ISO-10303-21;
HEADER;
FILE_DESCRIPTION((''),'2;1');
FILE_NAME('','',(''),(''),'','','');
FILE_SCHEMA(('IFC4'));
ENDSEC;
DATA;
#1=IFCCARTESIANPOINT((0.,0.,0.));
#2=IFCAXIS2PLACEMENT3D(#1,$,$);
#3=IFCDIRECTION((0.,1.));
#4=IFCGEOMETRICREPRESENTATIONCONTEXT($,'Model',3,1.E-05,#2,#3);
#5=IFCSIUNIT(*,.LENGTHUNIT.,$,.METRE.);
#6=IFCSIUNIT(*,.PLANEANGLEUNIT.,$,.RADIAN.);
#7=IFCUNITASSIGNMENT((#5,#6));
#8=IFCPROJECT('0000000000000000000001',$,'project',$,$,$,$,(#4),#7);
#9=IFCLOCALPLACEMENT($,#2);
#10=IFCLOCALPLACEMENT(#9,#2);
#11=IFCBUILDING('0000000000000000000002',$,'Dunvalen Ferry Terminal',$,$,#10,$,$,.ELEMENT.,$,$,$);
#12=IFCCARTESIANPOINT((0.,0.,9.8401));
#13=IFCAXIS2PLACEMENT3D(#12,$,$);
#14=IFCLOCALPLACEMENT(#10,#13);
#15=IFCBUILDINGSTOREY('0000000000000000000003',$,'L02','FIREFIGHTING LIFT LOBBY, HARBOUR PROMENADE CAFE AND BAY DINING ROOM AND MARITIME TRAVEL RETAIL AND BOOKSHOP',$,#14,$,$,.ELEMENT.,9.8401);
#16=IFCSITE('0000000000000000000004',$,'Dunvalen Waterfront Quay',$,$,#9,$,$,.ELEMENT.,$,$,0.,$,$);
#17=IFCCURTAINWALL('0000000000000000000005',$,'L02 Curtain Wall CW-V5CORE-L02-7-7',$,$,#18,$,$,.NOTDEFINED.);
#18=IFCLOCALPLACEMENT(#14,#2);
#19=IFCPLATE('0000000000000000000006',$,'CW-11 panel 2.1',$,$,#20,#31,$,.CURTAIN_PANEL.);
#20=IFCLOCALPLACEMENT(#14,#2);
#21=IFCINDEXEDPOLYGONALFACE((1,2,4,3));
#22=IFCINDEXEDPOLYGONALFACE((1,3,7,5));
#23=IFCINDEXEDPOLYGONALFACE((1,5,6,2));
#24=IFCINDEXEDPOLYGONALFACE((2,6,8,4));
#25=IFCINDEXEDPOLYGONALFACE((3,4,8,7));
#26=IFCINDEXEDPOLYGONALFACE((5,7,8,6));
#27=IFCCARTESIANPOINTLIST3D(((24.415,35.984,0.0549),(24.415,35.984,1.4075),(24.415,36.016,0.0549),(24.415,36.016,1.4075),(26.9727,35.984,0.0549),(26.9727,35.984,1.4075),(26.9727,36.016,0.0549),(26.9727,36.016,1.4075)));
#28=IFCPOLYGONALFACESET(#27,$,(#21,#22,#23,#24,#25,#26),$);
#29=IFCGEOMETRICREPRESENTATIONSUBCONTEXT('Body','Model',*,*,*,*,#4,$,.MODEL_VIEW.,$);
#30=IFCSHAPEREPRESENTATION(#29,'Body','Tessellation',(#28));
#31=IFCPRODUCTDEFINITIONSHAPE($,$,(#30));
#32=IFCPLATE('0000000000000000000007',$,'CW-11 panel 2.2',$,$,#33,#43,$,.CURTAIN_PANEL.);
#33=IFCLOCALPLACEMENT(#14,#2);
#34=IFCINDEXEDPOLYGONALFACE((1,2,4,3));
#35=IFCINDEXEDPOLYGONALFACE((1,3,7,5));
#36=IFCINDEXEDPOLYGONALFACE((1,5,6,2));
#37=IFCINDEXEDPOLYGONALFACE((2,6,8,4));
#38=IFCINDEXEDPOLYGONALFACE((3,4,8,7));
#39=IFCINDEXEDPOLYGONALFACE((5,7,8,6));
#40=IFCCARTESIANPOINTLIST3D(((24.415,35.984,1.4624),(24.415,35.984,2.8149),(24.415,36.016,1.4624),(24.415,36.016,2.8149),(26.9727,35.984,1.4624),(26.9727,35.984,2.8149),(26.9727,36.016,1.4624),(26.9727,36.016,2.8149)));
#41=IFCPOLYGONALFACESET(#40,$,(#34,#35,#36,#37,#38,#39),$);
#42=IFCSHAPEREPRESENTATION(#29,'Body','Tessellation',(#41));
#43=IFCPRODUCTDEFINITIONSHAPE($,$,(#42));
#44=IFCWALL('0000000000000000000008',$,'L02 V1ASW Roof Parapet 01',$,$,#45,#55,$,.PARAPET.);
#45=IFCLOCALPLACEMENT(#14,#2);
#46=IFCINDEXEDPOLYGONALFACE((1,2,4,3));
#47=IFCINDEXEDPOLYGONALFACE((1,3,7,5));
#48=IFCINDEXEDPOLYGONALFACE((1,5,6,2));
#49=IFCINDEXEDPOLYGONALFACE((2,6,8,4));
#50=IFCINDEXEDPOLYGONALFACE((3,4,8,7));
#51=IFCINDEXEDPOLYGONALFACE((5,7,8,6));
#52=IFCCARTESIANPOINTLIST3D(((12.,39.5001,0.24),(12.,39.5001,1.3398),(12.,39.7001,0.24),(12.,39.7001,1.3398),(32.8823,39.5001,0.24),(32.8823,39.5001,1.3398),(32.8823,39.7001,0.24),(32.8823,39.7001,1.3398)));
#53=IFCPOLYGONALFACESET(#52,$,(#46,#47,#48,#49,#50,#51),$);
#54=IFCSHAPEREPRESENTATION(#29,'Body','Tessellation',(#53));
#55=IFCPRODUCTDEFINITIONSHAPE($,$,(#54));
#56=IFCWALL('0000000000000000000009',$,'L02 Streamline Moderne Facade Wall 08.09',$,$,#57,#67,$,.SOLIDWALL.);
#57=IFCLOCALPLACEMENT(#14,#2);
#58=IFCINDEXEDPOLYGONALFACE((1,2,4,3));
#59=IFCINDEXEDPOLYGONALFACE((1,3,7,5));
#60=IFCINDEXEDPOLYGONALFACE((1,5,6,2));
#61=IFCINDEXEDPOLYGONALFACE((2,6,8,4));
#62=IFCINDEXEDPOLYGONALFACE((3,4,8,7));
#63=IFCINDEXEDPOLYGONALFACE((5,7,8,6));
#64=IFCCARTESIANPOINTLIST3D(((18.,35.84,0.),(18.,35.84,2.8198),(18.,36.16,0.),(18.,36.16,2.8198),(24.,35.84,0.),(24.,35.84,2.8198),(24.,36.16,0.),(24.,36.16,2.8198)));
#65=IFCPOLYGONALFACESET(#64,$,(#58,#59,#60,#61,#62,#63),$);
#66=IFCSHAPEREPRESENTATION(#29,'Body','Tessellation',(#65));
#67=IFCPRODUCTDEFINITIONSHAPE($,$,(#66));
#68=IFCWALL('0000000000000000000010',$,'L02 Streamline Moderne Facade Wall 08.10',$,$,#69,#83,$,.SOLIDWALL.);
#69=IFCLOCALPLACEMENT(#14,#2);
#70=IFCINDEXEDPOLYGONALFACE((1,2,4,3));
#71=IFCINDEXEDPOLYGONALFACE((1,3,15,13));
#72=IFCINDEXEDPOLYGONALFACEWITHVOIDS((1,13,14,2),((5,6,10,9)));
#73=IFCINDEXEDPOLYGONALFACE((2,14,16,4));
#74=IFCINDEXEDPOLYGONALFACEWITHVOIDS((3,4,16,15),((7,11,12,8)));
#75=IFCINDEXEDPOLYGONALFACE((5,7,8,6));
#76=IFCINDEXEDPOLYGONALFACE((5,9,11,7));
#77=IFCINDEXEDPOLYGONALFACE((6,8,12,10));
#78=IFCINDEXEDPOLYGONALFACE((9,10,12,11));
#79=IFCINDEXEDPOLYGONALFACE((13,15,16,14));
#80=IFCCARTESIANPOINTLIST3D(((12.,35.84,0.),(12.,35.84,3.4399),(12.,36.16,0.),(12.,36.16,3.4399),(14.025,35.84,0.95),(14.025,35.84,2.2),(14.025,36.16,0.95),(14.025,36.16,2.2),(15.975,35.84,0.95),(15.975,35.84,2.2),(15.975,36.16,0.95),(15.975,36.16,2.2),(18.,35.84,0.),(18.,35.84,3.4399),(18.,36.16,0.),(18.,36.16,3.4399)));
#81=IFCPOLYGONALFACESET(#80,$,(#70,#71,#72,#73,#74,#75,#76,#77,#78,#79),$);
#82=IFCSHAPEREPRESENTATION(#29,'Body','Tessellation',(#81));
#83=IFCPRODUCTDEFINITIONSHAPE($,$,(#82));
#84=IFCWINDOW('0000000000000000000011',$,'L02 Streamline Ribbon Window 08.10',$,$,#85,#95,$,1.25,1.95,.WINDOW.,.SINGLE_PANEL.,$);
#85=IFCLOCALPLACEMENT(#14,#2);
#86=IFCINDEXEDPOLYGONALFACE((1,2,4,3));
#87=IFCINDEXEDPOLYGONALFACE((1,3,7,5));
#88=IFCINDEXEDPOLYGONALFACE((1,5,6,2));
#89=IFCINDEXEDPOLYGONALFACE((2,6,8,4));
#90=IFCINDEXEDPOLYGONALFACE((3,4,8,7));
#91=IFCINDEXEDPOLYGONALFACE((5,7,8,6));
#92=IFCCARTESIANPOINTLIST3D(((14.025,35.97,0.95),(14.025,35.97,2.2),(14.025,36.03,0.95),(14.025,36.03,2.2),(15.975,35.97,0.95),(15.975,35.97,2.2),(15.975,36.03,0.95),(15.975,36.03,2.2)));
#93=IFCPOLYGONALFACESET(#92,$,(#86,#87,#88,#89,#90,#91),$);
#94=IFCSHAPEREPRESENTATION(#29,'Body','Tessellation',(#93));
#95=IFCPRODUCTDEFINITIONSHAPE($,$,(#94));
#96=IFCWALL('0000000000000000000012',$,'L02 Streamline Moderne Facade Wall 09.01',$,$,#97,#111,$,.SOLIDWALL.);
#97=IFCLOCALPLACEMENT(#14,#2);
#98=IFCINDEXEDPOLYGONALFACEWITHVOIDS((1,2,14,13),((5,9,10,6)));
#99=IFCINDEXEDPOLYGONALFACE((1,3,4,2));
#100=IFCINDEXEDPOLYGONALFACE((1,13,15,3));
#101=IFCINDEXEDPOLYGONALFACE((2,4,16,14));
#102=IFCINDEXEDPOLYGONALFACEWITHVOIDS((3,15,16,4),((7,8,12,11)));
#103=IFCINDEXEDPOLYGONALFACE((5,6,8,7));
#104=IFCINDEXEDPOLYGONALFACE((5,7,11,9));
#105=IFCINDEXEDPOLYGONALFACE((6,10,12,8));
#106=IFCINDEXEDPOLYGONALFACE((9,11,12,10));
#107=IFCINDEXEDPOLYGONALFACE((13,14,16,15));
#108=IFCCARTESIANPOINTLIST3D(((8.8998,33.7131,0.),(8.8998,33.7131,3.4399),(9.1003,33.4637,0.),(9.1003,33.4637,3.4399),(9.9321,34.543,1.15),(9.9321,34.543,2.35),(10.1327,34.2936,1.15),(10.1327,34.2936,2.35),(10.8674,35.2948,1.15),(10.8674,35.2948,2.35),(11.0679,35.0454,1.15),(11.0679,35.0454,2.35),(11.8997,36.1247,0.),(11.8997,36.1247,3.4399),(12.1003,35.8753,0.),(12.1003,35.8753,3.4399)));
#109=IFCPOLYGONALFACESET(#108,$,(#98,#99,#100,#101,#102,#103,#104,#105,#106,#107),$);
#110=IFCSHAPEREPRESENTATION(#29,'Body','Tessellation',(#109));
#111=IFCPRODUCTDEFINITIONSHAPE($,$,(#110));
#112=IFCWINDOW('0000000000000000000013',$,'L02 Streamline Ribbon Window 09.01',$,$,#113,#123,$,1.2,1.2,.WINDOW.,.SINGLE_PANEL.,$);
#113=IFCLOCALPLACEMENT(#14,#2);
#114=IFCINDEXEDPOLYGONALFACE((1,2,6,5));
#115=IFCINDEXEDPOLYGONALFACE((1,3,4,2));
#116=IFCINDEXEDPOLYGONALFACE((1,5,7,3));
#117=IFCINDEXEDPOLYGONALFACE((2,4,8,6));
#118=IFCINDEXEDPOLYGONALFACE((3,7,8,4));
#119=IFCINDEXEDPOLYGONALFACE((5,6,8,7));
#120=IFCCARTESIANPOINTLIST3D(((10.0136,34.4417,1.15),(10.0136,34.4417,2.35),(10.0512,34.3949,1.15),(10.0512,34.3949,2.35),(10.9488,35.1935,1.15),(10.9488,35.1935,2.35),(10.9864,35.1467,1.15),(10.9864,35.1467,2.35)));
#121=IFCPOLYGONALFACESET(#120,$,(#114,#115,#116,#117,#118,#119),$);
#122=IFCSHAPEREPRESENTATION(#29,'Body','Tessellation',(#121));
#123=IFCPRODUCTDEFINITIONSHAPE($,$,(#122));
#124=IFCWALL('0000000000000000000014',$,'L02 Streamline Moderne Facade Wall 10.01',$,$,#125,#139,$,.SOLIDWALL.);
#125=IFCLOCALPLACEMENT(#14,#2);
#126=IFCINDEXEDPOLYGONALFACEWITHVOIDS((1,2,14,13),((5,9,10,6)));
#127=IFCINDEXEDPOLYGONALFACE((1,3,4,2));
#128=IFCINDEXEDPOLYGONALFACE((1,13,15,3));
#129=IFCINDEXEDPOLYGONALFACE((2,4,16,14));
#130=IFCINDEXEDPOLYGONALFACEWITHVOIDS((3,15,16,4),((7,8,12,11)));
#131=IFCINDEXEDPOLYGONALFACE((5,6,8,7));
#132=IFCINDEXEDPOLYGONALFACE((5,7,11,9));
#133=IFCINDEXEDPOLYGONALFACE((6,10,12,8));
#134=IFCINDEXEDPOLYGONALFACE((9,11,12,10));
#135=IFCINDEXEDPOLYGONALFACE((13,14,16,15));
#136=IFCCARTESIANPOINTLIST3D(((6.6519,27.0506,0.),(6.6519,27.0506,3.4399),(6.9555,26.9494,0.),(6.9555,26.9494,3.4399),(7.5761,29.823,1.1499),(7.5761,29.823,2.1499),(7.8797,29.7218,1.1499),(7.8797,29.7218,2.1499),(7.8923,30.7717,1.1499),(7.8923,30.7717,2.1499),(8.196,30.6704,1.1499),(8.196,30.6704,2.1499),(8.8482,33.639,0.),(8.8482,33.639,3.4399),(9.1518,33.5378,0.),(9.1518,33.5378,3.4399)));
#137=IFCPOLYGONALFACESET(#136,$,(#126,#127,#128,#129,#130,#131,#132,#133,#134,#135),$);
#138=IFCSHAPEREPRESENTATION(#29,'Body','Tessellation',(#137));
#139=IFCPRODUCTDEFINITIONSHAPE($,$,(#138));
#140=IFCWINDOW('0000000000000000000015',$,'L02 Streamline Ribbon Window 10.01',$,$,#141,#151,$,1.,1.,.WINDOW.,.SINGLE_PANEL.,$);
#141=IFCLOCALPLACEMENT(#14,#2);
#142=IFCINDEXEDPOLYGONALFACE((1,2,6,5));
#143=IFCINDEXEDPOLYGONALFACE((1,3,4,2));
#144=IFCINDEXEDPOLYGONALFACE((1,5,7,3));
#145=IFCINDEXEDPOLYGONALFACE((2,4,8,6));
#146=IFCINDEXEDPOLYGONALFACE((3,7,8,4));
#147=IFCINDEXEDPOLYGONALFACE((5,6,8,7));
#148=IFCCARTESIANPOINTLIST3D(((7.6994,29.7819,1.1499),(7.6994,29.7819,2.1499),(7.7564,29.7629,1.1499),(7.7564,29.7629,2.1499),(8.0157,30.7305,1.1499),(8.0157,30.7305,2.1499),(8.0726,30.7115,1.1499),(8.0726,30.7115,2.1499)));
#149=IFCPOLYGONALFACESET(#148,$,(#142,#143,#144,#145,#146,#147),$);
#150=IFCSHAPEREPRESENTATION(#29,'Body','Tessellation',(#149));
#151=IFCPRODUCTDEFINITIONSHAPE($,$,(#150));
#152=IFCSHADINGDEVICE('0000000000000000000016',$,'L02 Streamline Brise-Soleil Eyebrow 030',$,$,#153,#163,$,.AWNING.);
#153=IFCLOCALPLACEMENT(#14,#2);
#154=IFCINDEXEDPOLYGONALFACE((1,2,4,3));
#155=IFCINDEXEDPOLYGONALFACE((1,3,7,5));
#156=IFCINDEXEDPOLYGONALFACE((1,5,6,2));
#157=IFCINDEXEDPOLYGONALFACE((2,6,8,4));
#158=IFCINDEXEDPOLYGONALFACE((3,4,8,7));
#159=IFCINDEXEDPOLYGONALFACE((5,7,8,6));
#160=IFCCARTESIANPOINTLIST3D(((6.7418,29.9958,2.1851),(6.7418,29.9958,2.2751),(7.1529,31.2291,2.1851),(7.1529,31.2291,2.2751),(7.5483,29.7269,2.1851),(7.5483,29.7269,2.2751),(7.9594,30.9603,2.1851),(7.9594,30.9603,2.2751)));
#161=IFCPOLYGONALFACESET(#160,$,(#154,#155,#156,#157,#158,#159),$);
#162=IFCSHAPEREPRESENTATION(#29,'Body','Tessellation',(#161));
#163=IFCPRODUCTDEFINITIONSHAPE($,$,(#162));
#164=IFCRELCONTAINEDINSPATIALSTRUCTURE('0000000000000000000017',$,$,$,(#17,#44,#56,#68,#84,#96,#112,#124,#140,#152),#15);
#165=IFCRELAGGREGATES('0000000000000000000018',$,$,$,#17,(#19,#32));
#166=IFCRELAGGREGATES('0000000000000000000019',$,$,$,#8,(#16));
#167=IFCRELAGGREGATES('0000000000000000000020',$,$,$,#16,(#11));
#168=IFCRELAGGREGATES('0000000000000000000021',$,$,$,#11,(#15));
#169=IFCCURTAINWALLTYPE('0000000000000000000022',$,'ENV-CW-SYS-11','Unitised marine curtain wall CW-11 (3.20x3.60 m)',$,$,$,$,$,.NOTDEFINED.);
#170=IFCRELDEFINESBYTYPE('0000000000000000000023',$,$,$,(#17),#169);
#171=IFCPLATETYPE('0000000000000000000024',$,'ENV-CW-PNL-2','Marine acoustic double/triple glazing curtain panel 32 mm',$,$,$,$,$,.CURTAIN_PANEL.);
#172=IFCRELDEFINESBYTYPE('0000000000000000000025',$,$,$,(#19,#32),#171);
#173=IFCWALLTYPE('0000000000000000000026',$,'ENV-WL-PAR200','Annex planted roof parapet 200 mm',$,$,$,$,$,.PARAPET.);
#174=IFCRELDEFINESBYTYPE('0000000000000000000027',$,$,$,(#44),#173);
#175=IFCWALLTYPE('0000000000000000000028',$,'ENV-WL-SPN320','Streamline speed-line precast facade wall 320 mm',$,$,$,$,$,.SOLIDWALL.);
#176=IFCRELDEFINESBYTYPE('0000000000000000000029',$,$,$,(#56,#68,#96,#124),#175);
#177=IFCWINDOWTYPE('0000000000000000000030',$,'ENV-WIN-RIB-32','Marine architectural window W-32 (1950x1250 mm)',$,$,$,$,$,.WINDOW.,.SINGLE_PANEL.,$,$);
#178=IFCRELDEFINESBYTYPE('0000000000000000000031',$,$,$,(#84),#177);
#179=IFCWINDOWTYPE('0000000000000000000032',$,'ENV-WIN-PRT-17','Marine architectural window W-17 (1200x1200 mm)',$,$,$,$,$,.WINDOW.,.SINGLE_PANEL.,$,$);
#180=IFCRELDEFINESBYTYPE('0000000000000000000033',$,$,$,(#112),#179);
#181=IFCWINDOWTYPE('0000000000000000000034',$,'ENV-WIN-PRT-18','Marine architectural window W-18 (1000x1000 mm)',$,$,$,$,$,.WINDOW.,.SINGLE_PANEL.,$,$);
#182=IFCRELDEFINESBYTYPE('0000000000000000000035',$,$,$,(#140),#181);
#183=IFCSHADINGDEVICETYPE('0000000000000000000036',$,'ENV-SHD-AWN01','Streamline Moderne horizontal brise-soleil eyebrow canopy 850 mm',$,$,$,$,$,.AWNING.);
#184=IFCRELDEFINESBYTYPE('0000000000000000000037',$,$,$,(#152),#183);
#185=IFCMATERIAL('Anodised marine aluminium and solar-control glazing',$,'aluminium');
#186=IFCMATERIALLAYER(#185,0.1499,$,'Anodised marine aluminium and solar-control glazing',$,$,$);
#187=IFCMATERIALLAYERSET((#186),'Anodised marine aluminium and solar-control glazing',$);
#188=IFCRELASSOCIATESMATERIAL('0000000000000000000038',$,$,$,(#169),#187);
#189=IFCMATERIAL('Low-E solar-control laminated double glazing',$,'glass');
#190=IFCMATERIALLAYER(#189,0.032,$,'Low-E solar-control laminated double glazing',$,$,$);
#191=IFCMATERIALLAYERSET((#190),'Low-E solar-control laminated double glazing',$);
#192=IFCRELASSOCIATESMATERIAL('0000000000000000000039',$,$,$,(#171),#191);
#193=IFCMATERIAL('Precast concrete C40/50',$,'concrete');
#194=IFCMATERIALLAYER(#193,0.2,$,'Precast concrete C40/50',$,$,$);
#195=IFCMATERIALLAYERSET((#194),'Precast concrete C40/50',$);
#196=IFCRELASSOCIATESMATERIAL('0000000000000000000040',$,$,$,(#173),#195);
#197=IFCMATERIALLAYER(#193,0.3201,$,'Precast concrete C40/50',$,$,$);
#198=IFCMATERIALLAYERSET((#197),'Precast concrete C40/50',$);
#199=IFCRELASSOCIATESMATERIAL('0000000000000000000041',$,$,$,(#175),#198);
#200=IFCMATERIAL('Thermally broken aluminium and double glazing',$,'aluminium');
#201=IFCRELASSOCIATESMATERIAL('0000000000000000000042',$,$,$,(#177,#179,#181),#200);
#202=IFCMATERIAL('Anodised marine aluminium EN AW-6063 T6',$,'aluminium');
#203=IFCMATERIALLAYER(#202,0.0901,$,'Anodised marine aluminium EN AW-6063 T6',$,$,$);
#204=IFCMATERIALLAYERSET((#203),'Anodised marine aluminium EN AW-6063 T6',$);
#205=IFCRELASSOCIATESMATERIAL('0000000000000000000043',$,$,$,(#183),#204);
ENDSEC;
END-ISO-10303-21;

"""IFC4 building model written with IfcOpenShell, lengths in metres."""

from ifc_helpers import new_model, si_unit, direction, frame, frame_2d, origin, origin_2d, place, context, subcontext, project, spatial, rectangle, extrude, material, layer, layer_set, type_object, element, fill, aggregate, save


model = new_model("IFC4")

# Units and contexts
model_context = context("Model", 3, precision=1e-05, world=origin(), true_north=direction((0.0, 1.0)))
body_context = subcontext(model_context, "Body", "Model", "MODEL_VIEW")
ifc_project = project(units=[si_unit("LENGTHUNIT", "METRE"), si_unit("PLANEANGLEUNIT", "RADIAN")], contexts=[model_context])

# Site, building, storey
site_placement = place(None, origin())
site = spatial("IfcSite", under=ifc_project, at=site_placement, Name="Dunvalen Waterfront Quay", CompositionType="ELEMENT", RefElevation=0.0)
building_placement = place(site_placement, origin())
building = spatial("IfcBuilding", under=site, at=building_placement, Name="Dunvalen Ferry Terminal", CompositionType="ELEMENT")
storey_placement = place(building_placement, frame((0.0, 0.0, 9.8401)))
storey = spatial("IfcBuildingStorey", under=building, at=storey_placement, Name="L02", Description="FIREFIGHTING LIFT LOBBY, HARBOUR PROMENADE CAFE AND BAY DINING ROOM AND MARITIME TRAVEL RETAIL AND BOOKSHOP", CompositionType="ELEMENT", Elevation=9.8401)

# Curtain wall
ifc_material_1 = material(Name="Anodised marine aluminium and solar-control glazing", Category="aluminium")
ifc_layer_1 = layer(ifc_material_1, 0.1499, Name="Anodised marine aluminium and solar-control glazing")
ifc_layer_set_1 = layer_set([ifc_layer_1], Name="Anodised marine aluminium and solar-control glazing")
curtain_wall_type = type_object("IfcCurtainWallType", Name="ENV-CW-SYS-11", Description="Unitised marine curtain wall CW-11 (3.20x3.60 m)", PredefinedType="NOTDEFINED", material=ifc_layer_set_1)
curtain_wall_placement = place(storey_placement, origin())
curtain_wall = element("IfcCurtainWall", 1, at=curtain_wall_placement, inside=storey, type_object=curtain_wall_type, Name="L02 Curtain Wall CW-V5CORE-L02-7-7", PredefinedType="NOTDEFINED")
ifc_material_2 = material(Name="Anodised marine aluminium EN AW-6063 T6", Category="aluminium")

# Plates
ifc_material_3 = material(Name="Low-E solar-control laminated double glazing", Category="glass")
ifc_layer_2 = layer(ifc_material_3, 0.032, Name="Low-E solar-control laminated double glazing")
ifc_layer_set_2 = layer_set([ifc_layer_2], Name="Low-E solar-control laminated double glazing")
plate_type = type_object("IfcPlateType", Name="ENV-CW-PNL-2", Description="Marine acoustic double/triple glazing curtain panel 32 mm", PredefinedType="CURTAIN_PANEL", material=ifc_layer_set_2)
plate_1_placement = place(storey_placement, frame((25.6938, 36.0, 0.0549), z_axis=(0.0, 0.0, 1.0), x_axis=(-1.0, 0.0, 0.0)))
plate_1 = element("IfcPlate", 2, at=plate_1_placement, type_object=plate_type, Name="CW-11 panel 2.1", PredefinedType="CURTAIN_PANEL", context=body_context, shape_type="SweptSolid", body=[
    extrude(rectangle(XDim=2.5576, YDim=0.032, at=origin_2d()), origin(), (0.0, 0.0, 1.0), 1.3525),
])
plate_2_placement = place(storey_placement, frame((25.6938, 36.0, 1.4624), z_axis=(0.0, 0.0, 1.0), x_axis=(-1.0, 0.0, 0.0)))
plate_2 = element("IfcPlate", 3, at=plate_2_placement, type_object=plate_type, Name="CW-11 panel 2.2", PredefinedType="CURTAIN_PANEL", context=body_context, shape_type="SweptSolid", body=[
    extrude(rectangle(XDim=2.5576, YDim=0.032, at=origin_2d()), origin(), (0.0, 0.0, 1.0), 1.3525),
])
aggregate(curtain_wall, [plate_1, plate_2])

# Walls
ifc_material_4 = material(Name="Precast concrete C40/50", Category="concrete")
ifc_layer_3 = layer(ifc_material_4, 0.2, Name="Precast concrete C40/50")
ifc_layer_set_3 = layer_set([ifc_layer_3], Name="Precast concrete C40/50")
wall_type_1 = type_object("IfcWallType", Name="ENV-WL-PAR200", Description="Annex planted roof parapet 200 mm", PredefinedType="PARAPET", material=ifc_layer_set_3)
wall_1_placement = place(storey_placement, frame((12.0, 39.6001, 0.24), z_axis=(0.0, 0.0, 1.0), x_axis=(1.0, 0.0, 0.0)))
element("IfcWall", 4, at=wall_1_placement, inside=storey, type_object=wall_type_1, Name="L02 V1ASW Roof Parapet 01", PredefinedType="PARAPET", context=body_context, shape_type="SweptSolid", body=[
    extrude(rectangle(XDim=20.8823, YDim=0.2, at=frame_2d((10.4412, 0.0))), origin(), (0.0, 0.0, 1.0), 1.0999),
])
ifc_layer_4 = layer(ifc_material_4, 0.3201, Name="Precast concrete C40/50")
ifc_layer_set_4 = layer_set([ifc_layer_4], Name="Precast concrete C40/50")
wall_type_2 = type_object("IfcWallType", Name="ENV-WL-SPN320", Description="Streamline speed-line precast facade wall 320 mm", PredefinedType="SOLIDWALL", material=ifc_layer_set_4)
wall_2_placement = place(storey_placement, frame((24.0, 36.0, 0.0), z_axis=(0.0, 0.0, 1.0), x_axis=(-1.0, 0.0, 0.0)))
element("IfcWall", 5, at=wall_2_placement, inside=storey, type_object=wall_type_2, Name="L02 Streamline Moderne Facade Wall 08.09", PredefinedType="SOLIDWALL", context=body_context, shape_type="SweptSolid", body=[
    extrude(rectangle(XDim=6.0, YDim=0.3201, at=frame_2d((3.0, 0.0))), origin(), (0.0, 0.0, 1.0), 2.8198),
])

# Walls, openings, windows
wall_3_placement = place(storey_placement, frame((18.0, 36.0, 0.0), z_axis=(0.0, 0.0, 1.0), x_axis=(-1.0, 0.0, 0.0)))
wall_3 = element("IfcWall", 6, at=wall_3_placement, inside=storey, type_object=wall_type_2, Name="L02 Streamline Moderne Facade Wall 08.10", PredefinedType="SOLIDWALL", context=body_context, shape_type="SweptSolid", body=[
    extrude(rectangle(XDim=6.0, YDim=0.3201, at=frame_2d((3.0, 0.0))), origin(), (0.0, 0.0, 1.0), 3.4399),
])
opening_1_placement = place(wall_3_placement, frame((2.0249, 0.0, 0.95)))
opening_1 = element("IfcOpeningElement", 7, at=opening_1_placement, cuts=wall_3, PredefinedType="OPENING", context=body_context, shape_type="SweptSolid", body=[
    extrude(rectangle(XDim=1.95, YDim=1.25, at=frame_2d((0.9751, 0.625))), frame((0.0, 0.1699, 0.0), z_axis=(0.0, -1.0, 0.0), x_axis=(1.0, 0.0, 0.0)), (0.0, 0.0, 1.0), 0.3401),
])
ifc_material_5 = material(Name="Thermally broken aluminium and double glazing", Category="aluminium")
window_type_1 = type_object("IfcWindowType", Name="ENV-WIN-RIB-32", Description="Marine architectural window W-32 (1950x1250 mm)", PartitioningType="SINGLE_PANEL", PredefinedType="WINDOW", material=ifc_material_5)
window_1_placement = place(opening_1_placement, origin())
window_1 = element("IfcWindow", 8, at=window_1_placement, inside=storey, type_object=window_type_1, Name="L02 Streamline Ribbon Window 08.10", OverallHeight=1.25, OverallWidth=1.95, PartitioningType="SINGLE_PANEL", PredefinedType="WINDOW", context=body_context, shape_type="SweptSolid", body=[
    extrude(rectangle(XDim=1.95, YDim=1.25, at=frame_2d((0.9751, 0.625))), frame((0.0, 0.03, 0.0), z_axis=(0.0, -1.0, 0.0), x_axis=(1.0, 0.0, 0.0)), (0.0, 0.0, 1.0), 0.0601),
])
fill(opening_1, window_1)
wall_4_placement = place(storey_placement, frame((12.0, 36.0, 0.0), z_axis=(0.0, 0.0, 1.0), x_axis=(-0.779394, -0.626534, 0.0)))
wall_4 = element("IfcWall", 9, at=wall_4_placement, inside=storey, type_object=wall_type_2, Name="L02 Streamline Moderne Facade Wall 09.01", PredefinedType="SOLIDWALL", context=body_context, shape_type="SweptSolid", body=[
    extrude(rectangle(XDim=3.8491, YDim=0.3201, at=frame_2d((1.9246, 0.0))), origin(), (0.0, 0.0, 1.0), 3.4399),
])
opening_2_placement = place(wall_4_placement, frame((1.3245, 0.0, 1.1499)))
opening_2 = element("IfcOpeningElement", 10, at=opening_2_placement, cuts=wall_4, PredefinedType="OPENING", context=body_context, shape_type="SweptSolid", body=[
    extrude(rectangle(XDim=1.2, YDim=1.2, at=frame_2d((0.6001, 0.6001))), frame((0.0, 0.1699, 0.0), z_axis=(0.0, -1.0, 0.0), x_axis=(1.0, 0.0, 0.0)), (0.0, 0.0, 1.0), 0.3401),
])
window_type_2 = type_object("IfcWindowType", Name="ENV-WIN-PRT-17", Description="Marine architectural window W-17 (1200x1200 mm)", PartitioningType="SINGLE_PANEL", PredefinedType="WINDOW", material=ifc_material_5)
window_2_placement = place(opening_2_placement, origin())
window_2 = element("IfcWindow", 11, at=window_2_placement, inside=storey, type_object=window_type_2, Name="L02 Streamline Ribbon Window 09.01", OverallHeight=1.2, OverallWidth=1.2, PartitioningType="SINGLE_PANEL", PredefinedType="WINDOW", context=body_context, shape_type="SweptSolid", body=[
    extrude(rectangle(XDim=1.2, YDim=1.2, at=frame_2d((0.6001, 0.6001))), frame((0.0, 0.03, 0.0), z_axis=(0.0, -1.0, 0.0), x_axis=(1.0, 0.0, 0.0)), (0.0, 0.0, 1.0), 0.0601),
])
fill(opening_2, window_2)
wall_5_placement = place(storey_placement, frame((9.0, 33.5884, 0.0), z_axis=(0.0, 0.0, 1.0), x_axis=(-0.316249, -0.948676, 0.0)))
wall_5 = element("IfcWall", 12, at=wall_5_placement, inside=storey, type_object=wall_type_2, Name="L02 Streamline Moderne Facade Wall 10.01", PredefinedType="SOLIDWALL", context=body_context, shape_type="SweptSolid", body=[
    extrude(rectangle(XDim=6.9448, YDim=0.3201, at=frame_2d((3.4724, 0.0))), origin(), (0.0, 0.0, 1.0), 3.4399),
])
opening_3_placement = place(wall_5_placement, frame((3.0225, 0.0, 1.1499)))
opening_3 = element("IfcOpeningElement", 13, at=opening_3_placement, cuts=wall_5, PredefinedType="OPENING", context=body_context, shape_type="SweptSolid", body=[
    extrude(rectangle(XDim=1.0, YDim=1.0, at=frame_2d((0.5, 0.5))), frame((0.0, 0.1699, 0.0), z_axis=(0.0, -1.0, 0.0), x_axis=(1.0, 0.0, 0.0)), (0.0, 0.0, 1.0), 0.3401),
])
window_type_3 = type_object("IfcWindowType", Name="ENV-WIN-PRT-18", Description="Marine architectural window W-18 (1000x1000 mm)", PartitioningType="SINGLE_PANEL", PredefinedType="WINDOW", material=ifc_material_5)
window_3_placement = place(opening_3_placement, origin())
window_3 = element("IfcWindow", 14, at=window_3_placement, inside=storey, type_object=window_type_3, Name="L02 Streamline Ribbon Window 10.01", OverallHeight=1.0, OverallWidth=1.0, PartitioningType="SINGLE_PANEL", PredefinedType="WINDOW", context=body_context, shape_type="SweptSolid", body=[
    extrude(rectangle(XDim=1.0, YDim=1.0, at=frame_2d((0.5, 0.5))), frame((0.0, 0.03, 0.0), z_axis=(0.0, -1.0, 0.0), x_axis=(1.0, 0.0, 0.0)), (0.0, 0.0, 1.0), 0.0601),
])
fill(opening_3, window_3)

# Shading device
ifc_layer_5 = layer(ifc_material_2, 0.0901, Name="Anodised marine aluminium EN AW-6063 T6")
ifc_layer_set_5 = layer_set([ifc_layer_5], Name="Anodised marine aluminium EN AW-6063 T6")
shading_device_type = type_object("IfcShadingDeviceType", Name="ENV-SHD-AWN01", Description="Streamline Moderne horizontal brise-soleil eyebrow canopy 850 mm", PredefinedType="AWNING", material=ifc_layer_set_5)
shading_device_placement = place(storey_placement, frame((7.3506, 30.478, 2.1851), z_axis=(0.0, 0.0, 1.0), x_axis=(-0.316232, -0.948682, 0.0)))
element("IfcShadingDevice", 15, at=shading_device_placement, inside=storey, type_object=shading_device_type, Name="L02 Streamline Brise-Soleil Eyebrow 030", PredefinedType="AWNING", context=body_context, shape_type="SweptSolid", body=[
    extrude(rectangle(XDim=1.3, YDim=0.8501, at=origin_2d()), origin(), (0.0, 0.0, 1.0), 0.0901),
])

save(model, "model.ifc")
